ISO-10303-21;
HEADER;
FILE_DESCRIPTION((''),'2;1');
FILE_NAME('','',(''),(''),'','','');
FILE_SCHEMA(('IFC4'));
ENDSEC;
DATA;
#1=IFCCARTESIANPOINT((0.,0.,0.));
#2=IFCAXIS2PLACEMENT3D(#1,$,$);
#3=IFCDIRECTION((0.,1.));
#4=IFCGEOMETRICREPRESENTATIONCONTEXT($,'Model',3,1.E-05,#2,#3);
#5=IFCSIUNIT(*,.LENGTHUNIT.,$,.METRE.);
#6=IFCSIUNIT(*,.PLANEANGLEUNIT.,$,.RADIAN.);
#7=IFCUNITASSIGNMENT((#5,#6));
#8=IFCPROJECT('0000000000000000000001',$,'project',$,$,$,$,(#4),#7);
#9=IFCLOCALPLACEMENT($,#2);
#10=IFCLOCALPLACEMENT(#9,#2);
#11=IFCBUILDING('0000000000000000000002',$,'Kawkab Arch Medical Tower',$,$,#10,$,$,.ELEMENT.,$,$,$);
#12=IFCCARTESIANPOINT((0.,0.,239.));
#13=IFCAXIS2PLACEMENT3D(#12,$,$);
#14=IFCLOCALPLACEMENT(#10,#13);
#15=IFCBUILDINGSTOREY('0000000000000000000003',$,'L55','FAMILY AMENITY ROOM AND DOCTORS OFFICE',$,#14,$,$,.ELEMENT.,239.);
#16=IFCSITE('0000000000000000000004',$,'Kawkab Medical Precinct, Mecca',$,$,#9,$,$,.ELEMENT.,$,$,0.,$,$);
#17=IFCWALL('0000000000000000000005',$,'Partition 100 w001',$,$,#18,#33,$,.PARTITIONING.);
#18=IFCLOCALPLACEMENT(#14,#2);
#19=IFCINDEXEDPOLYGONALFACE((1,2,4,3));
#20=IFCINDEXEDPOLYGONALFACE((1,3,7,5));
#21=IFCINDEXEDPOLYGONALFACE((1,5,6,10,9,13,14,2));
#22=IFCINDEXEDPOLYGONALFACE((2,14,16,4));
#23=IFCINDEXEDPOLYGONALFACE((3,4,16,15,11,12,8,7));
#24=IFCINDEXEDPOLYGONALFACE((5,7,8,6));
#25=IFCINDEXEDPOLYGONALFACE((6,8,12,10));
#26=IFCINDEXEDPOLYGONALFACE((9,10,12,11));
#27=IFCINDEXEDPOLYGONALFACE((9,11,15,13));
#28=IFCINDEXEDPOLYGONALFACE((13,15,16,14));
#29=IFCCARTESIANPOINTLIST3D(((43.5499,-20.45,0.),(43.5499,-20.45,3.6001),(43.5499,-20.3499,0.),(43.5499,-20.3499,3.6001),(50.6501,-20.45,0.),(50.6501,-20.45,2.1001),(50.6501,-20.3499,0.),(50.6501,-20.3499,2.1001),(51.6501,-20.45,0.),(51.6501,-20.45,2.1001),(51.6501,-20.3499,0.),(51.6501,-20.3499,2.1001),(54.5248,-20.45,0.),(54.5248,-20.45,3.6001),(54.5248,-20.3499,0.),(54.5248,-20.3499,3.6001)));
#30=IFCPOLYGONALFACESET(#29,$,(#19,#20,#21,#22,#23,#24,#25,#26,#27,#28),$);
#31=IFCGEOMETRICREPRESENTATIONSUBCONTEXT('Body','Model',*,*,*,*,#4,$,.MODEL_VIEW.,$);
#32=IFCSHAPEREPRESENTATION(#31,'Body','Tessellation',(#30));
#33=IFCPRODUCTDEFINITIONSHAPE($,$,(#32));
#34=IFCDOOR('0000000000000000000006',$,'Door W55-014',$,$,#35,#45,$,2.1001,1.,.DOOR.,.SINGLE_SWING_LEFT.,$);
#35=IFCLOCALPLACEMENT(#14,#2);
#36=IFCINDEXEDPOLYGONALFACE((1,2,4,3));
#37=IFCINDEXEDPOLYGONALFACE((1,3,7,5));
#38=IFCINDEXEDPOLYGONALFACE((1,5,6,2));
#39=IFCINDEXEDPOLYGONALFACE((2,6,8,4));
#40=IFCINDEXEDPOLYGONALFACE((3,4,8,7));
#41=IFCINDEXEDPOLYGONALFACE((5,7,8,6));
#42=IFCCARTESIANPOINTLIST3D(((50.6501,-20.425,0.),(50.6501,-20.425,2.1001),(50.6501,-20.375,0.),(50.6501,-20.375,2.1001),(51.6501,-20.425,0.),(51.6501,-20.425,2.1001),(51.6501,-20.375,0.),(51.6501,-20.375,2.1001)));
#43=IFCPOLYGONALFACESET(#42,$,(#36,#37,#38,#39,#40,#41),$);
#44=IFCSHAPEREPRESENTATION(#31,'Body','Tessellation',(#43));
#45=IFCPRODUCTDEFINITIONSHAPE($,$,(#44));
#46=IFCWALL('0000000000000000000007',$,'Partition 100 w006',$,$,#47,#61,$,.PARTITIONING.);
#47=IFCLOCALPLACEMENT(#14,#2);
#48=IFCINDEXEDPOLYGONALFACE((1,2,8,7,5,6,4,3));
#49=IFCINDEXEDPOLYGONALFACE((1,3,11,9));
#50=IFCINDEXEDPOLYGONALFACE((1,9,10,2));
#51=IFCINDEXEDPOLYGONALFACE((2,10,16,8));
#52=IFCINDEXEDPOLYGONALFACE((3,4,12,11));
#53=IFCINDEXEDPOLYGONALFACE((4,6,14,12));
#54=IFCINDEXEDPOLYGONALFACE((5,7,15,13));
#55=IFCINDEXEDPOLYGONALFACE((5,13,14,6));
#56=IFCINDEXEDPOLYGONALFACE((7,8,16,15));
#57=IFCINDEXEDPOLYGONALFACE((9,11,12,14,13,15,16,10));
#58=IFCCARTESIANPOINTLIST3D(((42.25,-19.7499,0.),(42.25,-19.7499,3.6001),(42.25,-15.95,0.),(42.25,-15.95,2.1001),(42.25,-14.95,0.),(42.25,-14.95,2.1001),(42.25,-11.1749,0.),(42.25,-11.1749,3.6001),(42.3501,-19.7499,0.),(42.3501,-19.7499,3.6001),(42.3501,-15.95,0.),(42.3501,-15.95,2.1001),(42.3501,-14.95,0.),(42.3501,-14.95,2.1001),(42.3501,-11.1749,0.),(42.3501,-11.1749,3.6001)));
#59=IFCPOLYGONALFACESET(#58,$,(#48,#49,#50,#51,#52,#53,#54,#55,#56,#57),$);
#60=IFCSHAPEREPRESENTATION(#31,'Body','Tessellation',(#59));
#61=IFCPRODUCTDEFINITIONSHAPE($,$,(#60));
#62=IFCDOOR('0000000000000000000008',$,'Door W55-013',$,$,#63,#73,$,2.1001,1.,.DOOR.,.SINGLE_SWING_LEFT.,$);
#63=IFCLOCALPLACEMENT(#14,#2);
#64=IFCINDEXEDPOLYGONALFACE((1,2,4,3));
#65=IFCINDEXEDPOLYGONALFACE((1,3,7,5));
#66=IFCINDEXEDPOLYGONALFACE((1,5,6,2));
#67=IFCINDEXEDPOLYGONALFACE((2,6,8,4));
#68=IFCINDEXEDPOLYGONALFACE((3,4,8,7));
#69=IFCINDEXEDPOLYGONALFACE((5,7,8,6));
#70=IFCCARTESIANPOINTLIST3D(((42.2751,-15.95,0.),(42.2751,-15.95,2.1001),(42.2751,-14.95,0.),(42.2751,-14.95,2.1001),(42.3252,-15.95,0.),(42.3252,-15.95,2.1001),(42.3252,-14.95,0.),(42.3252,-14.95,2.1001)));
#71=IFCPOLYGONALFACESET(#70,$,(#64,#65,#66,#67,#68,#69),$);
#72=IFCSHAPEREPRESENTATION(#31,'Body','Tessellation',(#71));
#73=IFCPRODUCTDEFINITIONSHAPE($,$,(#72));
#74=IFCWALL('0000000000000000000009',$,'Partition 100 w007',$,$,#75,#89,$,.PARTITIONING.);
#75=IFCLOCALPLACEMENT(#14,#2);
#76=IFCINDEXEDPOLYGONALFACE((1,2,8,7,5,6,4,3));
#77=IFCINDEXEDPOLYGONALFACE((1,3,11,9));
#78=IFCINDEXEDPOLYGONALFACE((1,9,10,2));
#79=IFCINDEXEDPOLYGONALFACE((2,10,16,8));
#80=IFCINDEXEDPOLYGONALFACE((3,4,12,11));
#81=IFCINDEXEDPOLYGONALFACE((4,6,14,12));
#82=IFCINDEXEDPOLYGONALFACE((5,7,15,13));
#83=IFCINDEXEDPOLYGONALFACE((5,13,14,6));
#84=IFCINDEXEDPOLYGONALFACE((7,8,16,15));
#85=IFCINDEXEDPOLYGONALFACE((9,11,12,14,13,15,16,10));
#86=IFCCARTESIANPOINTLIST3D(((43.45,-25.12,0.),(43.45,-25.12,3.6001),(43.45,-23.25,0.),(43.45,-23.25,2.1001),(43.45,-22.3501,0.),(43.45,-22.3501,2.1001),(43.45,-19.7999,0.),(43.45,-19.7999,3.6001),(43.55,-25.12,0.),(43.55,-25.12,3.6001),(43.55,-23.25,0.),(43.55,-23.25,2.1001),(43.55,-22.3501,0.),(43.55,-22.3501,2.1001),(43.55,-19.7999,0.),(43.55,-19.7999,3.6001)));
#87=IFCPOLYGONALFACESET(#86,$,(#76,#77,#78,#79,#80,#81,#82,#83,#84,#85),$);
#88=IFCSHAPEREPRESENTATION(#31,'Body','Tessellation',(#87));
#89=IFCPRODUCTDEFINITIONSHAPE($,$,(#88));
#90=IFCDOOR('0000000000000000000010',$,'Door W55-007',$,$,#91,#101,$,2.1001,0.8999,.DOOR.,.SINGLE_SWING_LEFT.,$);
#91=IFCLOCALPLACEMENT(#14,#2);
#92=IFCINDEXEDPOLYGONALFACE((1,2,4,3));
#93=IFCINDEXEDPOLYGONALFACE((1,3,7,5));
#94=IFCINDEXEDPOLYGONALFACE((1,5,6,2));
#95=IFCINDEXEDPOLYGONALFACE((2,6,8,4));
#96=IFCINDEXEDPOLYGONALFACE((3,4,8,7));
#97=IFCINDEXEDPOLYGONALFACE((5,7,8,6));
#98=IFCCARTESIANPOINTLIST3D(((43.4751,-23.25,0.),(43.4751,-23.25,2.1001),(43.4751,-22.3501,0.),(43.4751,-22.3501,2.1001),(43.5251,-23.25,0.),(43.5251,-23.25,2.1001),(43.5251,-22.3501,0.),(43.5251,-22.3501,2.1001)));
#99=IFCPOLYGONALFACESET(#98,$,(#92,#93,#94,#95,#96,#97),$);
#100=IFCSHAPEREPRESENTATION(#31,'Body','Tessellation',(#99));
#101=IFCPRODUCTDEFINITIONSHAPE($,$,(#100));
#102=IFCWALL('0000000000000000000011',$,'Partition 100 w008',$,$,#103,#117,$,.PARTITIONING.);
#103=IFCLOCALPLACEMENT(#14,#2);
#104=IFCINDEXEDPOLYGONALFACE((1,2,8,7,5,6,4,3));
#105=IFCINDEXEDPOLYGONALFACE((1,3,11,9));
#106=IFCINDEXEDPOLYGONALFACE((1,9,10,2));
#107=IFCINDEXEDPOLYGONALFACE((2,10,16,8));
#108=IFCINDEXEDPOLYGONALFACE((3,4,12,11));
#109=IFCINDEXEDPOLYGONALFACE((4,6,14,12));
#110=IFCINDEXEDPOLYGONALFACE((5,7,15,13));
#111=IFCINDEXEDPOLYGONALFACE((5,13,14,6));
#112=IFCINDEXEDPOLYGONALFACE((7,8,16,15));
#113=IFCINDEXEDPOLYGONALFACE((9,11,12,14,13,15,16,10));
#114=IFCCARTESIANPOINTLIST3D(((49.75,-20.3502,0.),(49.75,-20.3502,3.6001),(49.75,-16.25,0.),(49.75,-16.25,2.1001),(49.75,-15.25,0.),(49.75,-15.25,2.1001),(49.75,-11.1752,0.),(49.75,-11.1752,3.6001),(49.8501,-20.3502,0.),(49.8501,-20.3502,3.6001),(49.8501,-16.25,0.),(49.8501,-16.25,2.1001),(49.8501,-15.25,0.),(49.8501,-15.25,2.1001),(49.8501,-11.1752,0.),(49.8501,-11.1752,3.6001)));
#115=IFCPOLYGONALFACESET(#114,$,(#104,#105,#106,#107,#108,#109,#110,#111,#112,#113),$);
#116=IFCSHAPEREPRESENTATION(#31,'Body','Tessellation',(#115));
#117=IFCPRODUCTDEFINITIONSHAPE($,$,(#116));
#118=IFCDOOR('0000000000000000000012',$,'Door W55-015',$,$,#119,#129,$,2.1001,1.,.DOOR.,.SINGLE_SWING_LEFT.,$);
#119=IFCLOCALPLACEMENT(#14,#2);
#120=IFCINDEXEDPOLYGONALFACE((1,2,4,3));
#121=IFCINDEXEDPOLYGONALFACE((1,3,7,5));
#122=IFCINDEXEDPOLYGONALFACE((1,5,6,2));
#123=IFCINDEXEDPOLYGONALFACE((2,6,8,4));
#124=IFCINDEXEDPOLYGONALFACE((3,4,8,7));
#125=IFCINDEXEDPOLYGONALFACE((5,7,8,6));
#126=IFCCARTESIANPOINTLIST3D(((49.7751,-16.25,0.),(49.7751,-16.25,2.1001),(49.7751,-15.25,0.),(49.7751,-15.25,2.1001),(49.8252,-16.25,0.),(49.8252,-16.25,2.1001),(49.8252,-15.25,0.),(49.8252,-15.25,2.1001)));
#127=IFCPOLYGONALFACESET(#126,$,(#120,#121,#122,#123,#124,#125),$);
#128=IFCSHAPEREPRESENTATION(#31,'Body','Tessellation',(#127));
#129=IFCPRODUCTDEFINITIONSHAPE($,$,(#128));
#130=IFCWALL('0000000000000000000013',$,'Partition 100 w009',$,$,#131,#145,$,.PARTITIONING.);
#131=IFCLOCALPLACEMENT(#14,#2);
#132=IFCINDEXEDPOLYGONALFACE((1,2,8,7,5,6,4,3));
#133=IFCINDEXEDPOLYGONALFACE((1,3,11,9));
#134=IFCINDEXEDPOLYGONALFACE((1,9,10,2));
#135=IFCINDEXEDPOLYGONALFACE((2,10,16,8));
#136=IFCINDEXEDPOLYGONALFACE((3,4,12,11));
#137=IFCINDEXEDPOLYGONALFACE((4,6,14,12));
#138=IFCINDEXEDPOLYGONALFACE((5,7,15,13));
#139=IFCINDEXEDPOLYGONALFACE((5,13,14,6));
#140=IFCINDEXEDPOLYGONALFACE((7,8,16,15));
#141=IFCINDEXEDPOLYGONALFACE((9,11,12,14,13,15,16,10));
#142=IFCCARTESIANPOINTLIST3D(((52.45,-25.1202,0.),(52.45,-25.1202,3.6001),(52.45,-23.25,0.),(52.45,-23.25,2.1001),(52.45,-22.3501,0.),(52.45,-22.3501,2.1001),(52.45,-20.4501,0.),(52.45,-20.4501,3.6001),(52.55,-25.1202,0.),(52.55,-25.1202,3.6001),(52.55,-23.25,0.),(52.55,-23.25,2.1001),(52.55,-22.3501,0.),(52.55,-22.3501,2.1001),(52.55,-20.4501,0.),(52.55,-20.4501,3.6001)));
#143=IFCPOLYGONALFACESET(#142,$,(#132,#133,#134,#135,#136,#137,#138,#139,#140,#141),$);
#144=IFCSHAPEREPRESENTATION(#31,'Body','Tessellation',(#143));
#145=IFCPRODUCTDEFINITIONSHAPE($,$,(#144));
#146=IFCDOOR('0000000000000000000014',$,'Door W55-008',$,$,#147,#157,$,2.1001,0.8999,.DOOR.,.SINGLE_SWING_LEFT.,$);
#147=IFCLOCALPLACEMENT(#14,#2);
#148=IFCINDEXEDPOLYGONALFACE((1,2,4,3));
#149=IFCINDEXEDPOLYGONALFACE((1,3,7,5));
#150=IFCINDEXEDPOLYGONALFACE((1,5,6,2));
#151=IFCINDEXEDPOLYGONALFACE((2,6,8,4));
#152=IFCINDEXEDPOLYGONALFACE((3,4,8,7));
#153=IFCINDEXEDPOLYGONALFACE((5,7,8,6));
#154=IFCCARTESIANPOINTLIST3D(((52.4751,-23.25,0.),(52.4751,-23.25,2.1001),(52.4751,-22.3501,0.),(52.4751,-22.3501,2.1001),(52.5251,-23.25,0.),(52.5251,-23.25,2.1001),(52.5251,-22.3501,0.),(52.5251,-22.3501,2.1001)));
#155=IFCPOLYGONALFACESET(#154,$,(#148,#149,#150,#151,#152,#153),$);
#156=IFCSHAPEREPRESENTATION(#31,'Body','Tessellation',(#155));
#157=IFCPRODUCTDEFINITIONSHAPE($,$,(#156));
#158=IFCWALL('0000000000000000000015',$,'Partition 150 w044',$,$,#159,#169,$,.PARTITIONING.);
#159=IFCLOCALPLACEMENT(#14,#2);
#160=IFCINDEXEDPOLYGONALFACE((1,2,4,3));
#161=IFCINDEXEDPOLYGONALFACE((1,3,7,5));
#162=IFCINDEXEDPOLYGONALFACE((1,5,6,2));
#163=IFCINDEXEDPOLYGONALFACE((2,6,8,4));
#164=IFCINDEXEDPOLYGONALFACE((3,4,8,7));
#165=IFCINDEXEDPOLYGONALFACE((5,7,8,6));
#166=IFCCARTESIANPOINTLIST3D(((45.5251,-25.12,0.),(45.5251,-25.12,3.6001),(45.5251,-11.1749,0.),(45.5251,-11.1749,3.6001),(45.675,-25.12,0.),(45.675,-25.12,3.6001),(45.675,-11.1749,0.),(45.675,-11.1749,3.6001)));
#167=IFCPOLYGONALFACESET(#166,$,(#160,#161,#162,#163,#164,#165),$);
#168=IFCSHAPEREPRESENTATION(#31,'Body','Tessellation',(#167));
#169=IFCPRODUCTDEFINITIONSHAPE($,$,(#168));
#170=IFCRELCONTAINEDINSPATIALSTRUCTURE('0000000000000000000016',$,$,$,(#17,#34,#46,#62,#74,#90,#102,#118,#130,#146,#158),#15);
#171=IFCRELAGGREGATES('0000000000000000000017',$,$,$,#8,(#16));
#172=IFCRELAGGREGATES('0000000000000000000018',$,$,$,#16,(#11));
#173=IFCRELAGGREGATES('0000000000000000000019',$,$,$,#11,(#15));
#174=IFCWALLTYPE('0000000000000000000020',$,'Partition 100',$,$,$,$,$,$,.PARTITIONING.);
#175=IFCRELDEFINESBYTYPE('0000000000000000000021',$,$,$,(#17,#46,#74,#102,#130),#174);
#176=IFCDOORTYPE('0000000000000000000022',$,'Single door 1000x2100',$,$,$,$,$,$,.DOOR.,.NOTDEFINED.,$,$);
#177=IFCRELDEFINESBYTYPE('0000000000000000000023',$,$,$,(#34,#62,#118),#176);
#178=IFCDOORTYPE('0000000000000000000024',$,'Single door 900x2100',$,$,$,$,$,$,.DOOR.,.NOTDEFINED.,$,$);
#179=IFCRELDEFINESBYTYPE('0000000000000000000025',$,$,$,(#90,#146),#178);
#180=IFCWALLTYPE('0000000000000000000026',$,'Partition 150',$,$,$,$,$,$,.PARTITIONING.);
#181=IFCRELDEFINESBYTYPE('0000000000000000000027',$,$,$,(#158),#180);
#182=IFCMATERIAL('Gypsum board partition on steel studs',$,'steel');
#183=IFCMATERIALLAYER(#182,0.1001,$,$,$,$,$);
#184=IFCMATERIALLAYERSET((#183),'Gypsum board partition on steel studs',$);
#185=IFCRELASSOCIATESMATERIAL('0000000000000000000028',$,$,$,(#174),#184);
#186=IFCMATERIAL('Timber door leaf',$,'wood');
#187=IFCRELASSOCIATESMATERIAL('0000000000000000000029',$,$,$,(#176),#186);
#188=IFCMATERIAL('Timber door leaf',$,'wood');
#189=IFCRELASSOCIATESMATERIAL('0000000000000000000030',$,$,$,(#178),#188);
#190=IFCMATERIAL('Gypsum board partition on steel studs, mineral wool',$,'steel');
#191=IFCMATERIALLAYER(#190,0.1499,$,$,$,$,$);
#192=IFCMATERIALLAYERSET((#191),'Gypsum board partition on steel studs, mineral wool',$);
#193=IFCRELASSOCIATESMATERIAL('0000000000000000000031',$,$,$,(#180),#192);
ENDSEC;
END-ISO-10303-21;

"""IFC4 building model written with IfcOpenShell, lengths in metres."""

from ifc_helpers import new_model, si_unit, direction, frame, frame_2d, origin, place, context, subcontext, project, spatial, rectangle, extrude, material, layer, layer_set, type_object, element, fill, save


model = new_model("IFC4")

# Units and contexts
model_context = context("Model", 3, precision=1e-05, world=origin(), true_north=direction((0.0, 1.0)))
body_context = subcontext(model_context, "Body", "Model", "MODEL_VIEW")
ifc_project = project(units=[si_unit("LENGTHUNIT", "METRE"), si_unit("PLANEANGLEUNIT", "RADIAN")], contexts=[model_context])

# Site, building, storey
site_placement = place(None, origin())
site = spatial("IfcSite", under=ifc_project, at=site_placement, Name="Kawkab Medical Precinct, Mecca", CompositionType="ELEMENT", RefElevation=0.0)
building_placement = place(site_placement, origin())
building = spatial("IfcBuilding", under=site, at=building_placement, Name="Kawkab Arch Medical Tower", CompositionType="ELEMENT")
storey_placement = place(building_placement, frame((0.0, 0.0, 239.0)))
storey = spatial("IfcBuildingStorey", under=building, at=storey_placement, Name="L55", Description="FAMILY AMENITY ROOM AND DOCTORS OFFICE", CompositionType="ELEMENT", Elevation=239.0)

# Walls, openings, doors
ifc_material_1 = material(Name="Gypsum board partition on steel studs", Category="steel")
ifc_layer_1 = layer(ifc_material_1, 0.1001)
ifc_layer_set_1 = layer_set([ifc_layer_1], Name="Gypsum board partition on steel studs")
wall_type_1 = type_object("IfcWallType", Name="Partition 100", PredefinedType="PARTITIONING", material=ifc_layer_set_1)
wall_1_placement = place(storey_placement, frame((43.55, -20.3999, 0.0), z_axis=(0.0, 0.0, 1.0), x_axis=(1.0, 0.0, 0.0)))
wall_1 = element("IfcWall", 1, at=wall_1_placement, inside=storey, type_object=wall_type_1, Name="Partition 100 w001", PredefinedType="PARTITIONING", context=body_context, shape_type="SweptSolid", body=[
    extrude(rectangle(XDim=10.9749, YDim=0.1001, at=frame_2d((5.4873, 0.0))), origin(), (0.0, 0.0, 1.0), 3.6001),
])
opening_1_placement = place(wall_1_placement, frame((7.1001, 0.0, 0.0)))
opening_1 = element("IfcOpeningElement", 2, at=opening_1_placement, cuts=wall_1, PredefinedType="OPENING", context=body_context, shape_type="SweptSolid", body=[
    extrude(rectangle(XDim=1.0, YDim=2.1001, at=frame_2d((0.5, 1.05))), frame((0.0, 0.0601, 0.0), z_axis=(0.0, -1.0, 0.0), x_axis=(1.0, 0.0, 0.0)), (0.0, 0.0, 1.0), 0.1201),
])
ifc_material_2 = material(Name="Timber door leaf", Category="wood")
door_type_1 = type_object("IfcDoorType", Name="Single door 1000x2100", OperationType="NOTDEFINED", PredefinedType="DOOR", material=ifc_material_2)
door_1_placement = place(opening_1_placement, origin())
door_1 = element("IfcDoor", 3, at=door_1_placement, inside=storey, type_object=door_type_1, Name="Door W55-014", OperationType="SINGLE_SWING_LEFT", OverallHeight=2.1001, OverallWidth=1.0, PredefinedType="DOOR", context=body_context, shape_type="SweptSolid", body=[
    extrude(rectangle(XDim=1.0, YDim=2.1001, at=frame_2d((0.5, 1.05))), frame((0.0, 0.0249, 0.0), z_axis=(0.0, -1.0, 0.0), x_axis=(1.0, 0.0, 0.0)), (0.0, 0.0, 1.0), 0.05),
])
fill(opening_1, door_1)
wall_2_placement = place(storey_placement, frame((42.3, -19.75, 0.0), z_axis=(0.0, 0.0, 1.0), x_axis=(0.0, 1.0, 0.0)))
wall_2 = element("IfcWall", 4, at=wall_2_placement, inside=storey, type_object=wall_type_1, Name="Partition 100 w006", PredefinedType="PARTITIONING", context=body_context, shape_type="SweptSolid", body=[
    extrude(rectangle(XDim=8.575, YDim=0.1001, at=frame_2d((4.2876, 0.0))), origin(), (0.0, 0.0, 1.0), 3.6001),
])
opening_2_placement = place(wall_2_placement, frame((3.8, 0.0, 0.0)))
opening_2 = element("IfcOpeningElement", 5, at=opening_2_placement, cuts=wall_2, PredefinedType="OPENING", context=body_context, shape_type="SweptSolid", body=[
    extrude(rectangle(XDim=1.0, YDim=2.1001, at=frame_2d((0.5, 1.05))), frame((0.0, 0.0601, 0.0), z_axis=(0.0, -1.0, 0.0), x_axis=(1.0, 0.0, 0.0)), (0.0, 0.0, 1.0), 0.1201),
])
door_2_placement = place(opening_2_placement, origin())
door_2 = element("IfcDoor", 6, at=door_2_placement, inside=storey, type_object=door_type_1, Name="Door W55-013", OperationType="SINGLE_SWING_LEFT", OverallHeight=2.1001, OverallWidth=1.0, PredefinedType="DOOR", context=body_context, shape_type="SweptSolid", body=[
    extrude(rectangle(XDim=1.0, YDim=2.1001, at=frame_2d((0.5, 1.05))), frame((0.0, 0.0249, 0.0), z_axis=(0.0, -1.0, 0.0), x_axis=(1.0, 0.0, 0.0)), (0.0, 0.0, 1.0), 0.05),
])
fill(opening_2, door_2)
wall_3_placement = place(storey_placement, frame((43.5, -25.1201, 0.0), z_axis=(0.0, 0.0, 1.0), x_axis=(0.0, 1.0, 0.0)))
wall_3 = element("IfcWall", 7, at=wall_3_placement, inside=storey, type_object=wall_type_1, Name="Partition 100 w007", PredefinedType="PARTITIONING", context=body_context, shape_type="SweptSolid", body=[
    extrude(rectangle(XDim=5.3201, YDim=0.1001, at=frame_2d((2.6602, 0.0))), origin(), (0.0, 0.0, 1.0), 3.6001),
])
opening_3_placement = place(wall_3_placement, frame((1.8701, 0.0, 0.0)))
opening_3 = element("IfcOpeningElement", 8, at=opening_3_placement, cuts=wall_3, PredefinedType="OPENING", context=body_context, shape_type="SweptSolid", body=[
    extrude(rectangle(XDim=0.8999, YDim=2.1001, at=frame_2d((0.45, 1.05))), frame((0.0, 0.0601, 0.0), z_axis=(0.0, -1.0, 0.0), x_axis=(1.0, 0.0, 0.0)), (0.0, 0.0, 1.0), 0.1201),
])
ifc_material_3 = material(Name="Timber door leaf", Category="wood")
door_type_2 = type_object("IfcDoorType", Name="Single door 900x2100", OperationType="NOTDEFINED", PredefinedType="DOOR", material=ifc_material_3)
door_3_placement = place(opening_3_placement, origin())
door_3 = element("IfcDoor", 9, at=door_3_placement, inside=storey, type_object=door_type_2, Name="Door W55-007", OperationType="SINGLE_SWING_LEFT", OverallHeight=2.1001, OverallWidth=0.8999, PredefinedType="DOOR", context=body_context, shape_type="SweptSolid", body=[
    extrude(rectangle(XDim=0.8999, YDim=2.1001, at=frame_2d((0.45, 1.05))), frame((0.0, 0.0249, 0.0), z_axis=(0.0, -1.0, 0.0), x_axis=(1.0, 0.0, 0.0)), (0.0, 0.0, 1.0), 0.05),
])
fill(opening_3, door_3)
wall_4_placement = place(storey_placement, frame((49.8, -20.3501, 0.0), z_axis=(0.0, 0.0, 1.0), x_axis=(0.0, 1.0, 0.0)))
wall_4 = element("IfcWall", 10, at=wall_4_placement, inside=storey, type_object=wall_type_1, Name="Partition 100 w008", PredefinedType="PARTITIONING", context=body_context, shape_type="SweptSolid", body=[
    extrude(rectangle(XDim=9.175, YDim=0.1001, at=frame_2d((4.5874, 0.0))), origin(), (0.0, 0.0, 1.0), 3.6001),
])
opening_4_placement = place(wall_4_placement, frame((4.1001, 0.0, 0.0)))
opening_4 = element("IfcOpeningElement", 11, at=opening_4_placement, cuts=wall_4, PredefinedType="OPENING", context=body_context, shape_type="SweptSolid", body=[
    extrude(rectangle(XDim=1.0, YDim=2.1001, at=frame_2d((0.5, 1.05))), frame((0.0, 0.0601, 0.0), z_axis=(0.0, -1.0, 0.0), x_axis=(1.0, 0.0, 0.0)), (0.0, 0.0, 1.0), 0.1201),
])
door_4_placement = place(opening_4_placement, origin())
door_4 = element("IfcDoor", 12, at=door_4_placement, inside=storey, type_object=door_type_1, Name="Door W55-015", OperationType="SINGLE_SWING_LEFT", OverallHeight=2.1001, OverallWidth=1.0, PredefinedType="DOOR", context=body_context, shape_type="SweptSolid", body=[
    extrude(rectangle(XDim=1.0, YDim=2.1001, at=frame_2d((0.5, 1.05))), frame((0.0, 0.0249, 0.0), z_axis=(0.0, -1.0, 0.0), x_axis=(1.0, 0.0, 0.0)), (0.0, 0.0, 1.0), 0.05),
])
fill(opening_4, door_4)
wall_5_placement = place(storey_placement, frame((52.5, -25.1201, 0.0), z_axis=(0.0, 0.0, 1.0), x_axis=(0.0, 1.0, 0.0)))
wall_5 = element("IfcWall", 13, at=wall_5_placement, inside=storey, type_object=wall_type_1, Name="Partition 100 w009", PredefinedType="PARTITIONING", context=body_context, shape_type="SweptSolid", body=[
    extrude(rectangle(XDim=4.6702, YDim=0.1001, at=frame_2d((2.335, 0.0))), origin(), (0.0, 0.0, 1.0), 3.6001),
])
opening_5_placement = place(wall_5_placement, frame((1.8701, 0.0, 0.0)))
opening_5 = element("IfcOpeningElement", 14, at=opening_5_placement, cuts=wall_5, PredefinedType="OPENING", context=body_context, shape_type="SweptSolid", body=[
    extrude(rectangle(XDim=0.8999, YDim=2.1001, at=frame_2d((0.45, 1.05))), frame((0.0, 0.0601, 0.0), z_axis=(0.0, -1.0, 0.0), x_axis=(1.0, 0.0, 0.0)), (0.0, 0.0, 1.0), 0.1201),
])
door_5_placement = place(opening_5_placement, origin())
door_5 = element("IfcDoor", 15, at=door_5_placement, inside=storey, type_object=door_type_2, Name="Door W55-008", OperationType="SINGLE_SWING_LEFT", OverallHeight=2.1001, OverallWidth=0.8999, PredefinedType="DOOR", context=body_context, shape_type="SweptSolid", body=[
    extrude(rectangle(XDim=0.8999, YDim=2.1001, at=frame_2d((0.45, 1.05))), frame((0.0, 0.0249, 0.0), z_axis=(0.0, -1.0, 0.0), x_axis=(1.0, 0.0, 0.0)), (0.0, 0.0, 1.0), 0.05),
])
fill(opening_5, door_5)

# Wall
ifc_material_4 = material(Name="Gypsum board partition on steel studs, mineral wool", Category="steel")
ifc_layer_2 = layer(ifc_material_4, 0.1499)
ifc_layer_set_2 = layer_set([ifc_layer_2], Name="Gypsum board partition on steel studs, mineral wool")
wall_type_2 = type_object("IfcWallType", Name="Partition 150", PredefinedType="PARTITIONING", material=ifc_layer_set_2)
wall_6_placement = place(storey_placement, frame((45.6001, -25.1201, 0.0), z_axis=(0.0, 0.0, 1.0), x_axis=(0.0, 1.0, 0.0)))
element("IfcWall", 16, at=wall_6_placement, inside=storey, type_object=wall_type_2, Name="Partition 150 w044", PredefinedType="PARTITIONING", context=body_context, shape_type="SweptSolid", body=[
    extrude(rectangle(XDim=13.9451, YDim=0.1499, at=frame_2d((6.9727, 0.0))), origin(), (0.0, 0.0, 1.0), 3.6001),
])

save(model, "model.ifc")
